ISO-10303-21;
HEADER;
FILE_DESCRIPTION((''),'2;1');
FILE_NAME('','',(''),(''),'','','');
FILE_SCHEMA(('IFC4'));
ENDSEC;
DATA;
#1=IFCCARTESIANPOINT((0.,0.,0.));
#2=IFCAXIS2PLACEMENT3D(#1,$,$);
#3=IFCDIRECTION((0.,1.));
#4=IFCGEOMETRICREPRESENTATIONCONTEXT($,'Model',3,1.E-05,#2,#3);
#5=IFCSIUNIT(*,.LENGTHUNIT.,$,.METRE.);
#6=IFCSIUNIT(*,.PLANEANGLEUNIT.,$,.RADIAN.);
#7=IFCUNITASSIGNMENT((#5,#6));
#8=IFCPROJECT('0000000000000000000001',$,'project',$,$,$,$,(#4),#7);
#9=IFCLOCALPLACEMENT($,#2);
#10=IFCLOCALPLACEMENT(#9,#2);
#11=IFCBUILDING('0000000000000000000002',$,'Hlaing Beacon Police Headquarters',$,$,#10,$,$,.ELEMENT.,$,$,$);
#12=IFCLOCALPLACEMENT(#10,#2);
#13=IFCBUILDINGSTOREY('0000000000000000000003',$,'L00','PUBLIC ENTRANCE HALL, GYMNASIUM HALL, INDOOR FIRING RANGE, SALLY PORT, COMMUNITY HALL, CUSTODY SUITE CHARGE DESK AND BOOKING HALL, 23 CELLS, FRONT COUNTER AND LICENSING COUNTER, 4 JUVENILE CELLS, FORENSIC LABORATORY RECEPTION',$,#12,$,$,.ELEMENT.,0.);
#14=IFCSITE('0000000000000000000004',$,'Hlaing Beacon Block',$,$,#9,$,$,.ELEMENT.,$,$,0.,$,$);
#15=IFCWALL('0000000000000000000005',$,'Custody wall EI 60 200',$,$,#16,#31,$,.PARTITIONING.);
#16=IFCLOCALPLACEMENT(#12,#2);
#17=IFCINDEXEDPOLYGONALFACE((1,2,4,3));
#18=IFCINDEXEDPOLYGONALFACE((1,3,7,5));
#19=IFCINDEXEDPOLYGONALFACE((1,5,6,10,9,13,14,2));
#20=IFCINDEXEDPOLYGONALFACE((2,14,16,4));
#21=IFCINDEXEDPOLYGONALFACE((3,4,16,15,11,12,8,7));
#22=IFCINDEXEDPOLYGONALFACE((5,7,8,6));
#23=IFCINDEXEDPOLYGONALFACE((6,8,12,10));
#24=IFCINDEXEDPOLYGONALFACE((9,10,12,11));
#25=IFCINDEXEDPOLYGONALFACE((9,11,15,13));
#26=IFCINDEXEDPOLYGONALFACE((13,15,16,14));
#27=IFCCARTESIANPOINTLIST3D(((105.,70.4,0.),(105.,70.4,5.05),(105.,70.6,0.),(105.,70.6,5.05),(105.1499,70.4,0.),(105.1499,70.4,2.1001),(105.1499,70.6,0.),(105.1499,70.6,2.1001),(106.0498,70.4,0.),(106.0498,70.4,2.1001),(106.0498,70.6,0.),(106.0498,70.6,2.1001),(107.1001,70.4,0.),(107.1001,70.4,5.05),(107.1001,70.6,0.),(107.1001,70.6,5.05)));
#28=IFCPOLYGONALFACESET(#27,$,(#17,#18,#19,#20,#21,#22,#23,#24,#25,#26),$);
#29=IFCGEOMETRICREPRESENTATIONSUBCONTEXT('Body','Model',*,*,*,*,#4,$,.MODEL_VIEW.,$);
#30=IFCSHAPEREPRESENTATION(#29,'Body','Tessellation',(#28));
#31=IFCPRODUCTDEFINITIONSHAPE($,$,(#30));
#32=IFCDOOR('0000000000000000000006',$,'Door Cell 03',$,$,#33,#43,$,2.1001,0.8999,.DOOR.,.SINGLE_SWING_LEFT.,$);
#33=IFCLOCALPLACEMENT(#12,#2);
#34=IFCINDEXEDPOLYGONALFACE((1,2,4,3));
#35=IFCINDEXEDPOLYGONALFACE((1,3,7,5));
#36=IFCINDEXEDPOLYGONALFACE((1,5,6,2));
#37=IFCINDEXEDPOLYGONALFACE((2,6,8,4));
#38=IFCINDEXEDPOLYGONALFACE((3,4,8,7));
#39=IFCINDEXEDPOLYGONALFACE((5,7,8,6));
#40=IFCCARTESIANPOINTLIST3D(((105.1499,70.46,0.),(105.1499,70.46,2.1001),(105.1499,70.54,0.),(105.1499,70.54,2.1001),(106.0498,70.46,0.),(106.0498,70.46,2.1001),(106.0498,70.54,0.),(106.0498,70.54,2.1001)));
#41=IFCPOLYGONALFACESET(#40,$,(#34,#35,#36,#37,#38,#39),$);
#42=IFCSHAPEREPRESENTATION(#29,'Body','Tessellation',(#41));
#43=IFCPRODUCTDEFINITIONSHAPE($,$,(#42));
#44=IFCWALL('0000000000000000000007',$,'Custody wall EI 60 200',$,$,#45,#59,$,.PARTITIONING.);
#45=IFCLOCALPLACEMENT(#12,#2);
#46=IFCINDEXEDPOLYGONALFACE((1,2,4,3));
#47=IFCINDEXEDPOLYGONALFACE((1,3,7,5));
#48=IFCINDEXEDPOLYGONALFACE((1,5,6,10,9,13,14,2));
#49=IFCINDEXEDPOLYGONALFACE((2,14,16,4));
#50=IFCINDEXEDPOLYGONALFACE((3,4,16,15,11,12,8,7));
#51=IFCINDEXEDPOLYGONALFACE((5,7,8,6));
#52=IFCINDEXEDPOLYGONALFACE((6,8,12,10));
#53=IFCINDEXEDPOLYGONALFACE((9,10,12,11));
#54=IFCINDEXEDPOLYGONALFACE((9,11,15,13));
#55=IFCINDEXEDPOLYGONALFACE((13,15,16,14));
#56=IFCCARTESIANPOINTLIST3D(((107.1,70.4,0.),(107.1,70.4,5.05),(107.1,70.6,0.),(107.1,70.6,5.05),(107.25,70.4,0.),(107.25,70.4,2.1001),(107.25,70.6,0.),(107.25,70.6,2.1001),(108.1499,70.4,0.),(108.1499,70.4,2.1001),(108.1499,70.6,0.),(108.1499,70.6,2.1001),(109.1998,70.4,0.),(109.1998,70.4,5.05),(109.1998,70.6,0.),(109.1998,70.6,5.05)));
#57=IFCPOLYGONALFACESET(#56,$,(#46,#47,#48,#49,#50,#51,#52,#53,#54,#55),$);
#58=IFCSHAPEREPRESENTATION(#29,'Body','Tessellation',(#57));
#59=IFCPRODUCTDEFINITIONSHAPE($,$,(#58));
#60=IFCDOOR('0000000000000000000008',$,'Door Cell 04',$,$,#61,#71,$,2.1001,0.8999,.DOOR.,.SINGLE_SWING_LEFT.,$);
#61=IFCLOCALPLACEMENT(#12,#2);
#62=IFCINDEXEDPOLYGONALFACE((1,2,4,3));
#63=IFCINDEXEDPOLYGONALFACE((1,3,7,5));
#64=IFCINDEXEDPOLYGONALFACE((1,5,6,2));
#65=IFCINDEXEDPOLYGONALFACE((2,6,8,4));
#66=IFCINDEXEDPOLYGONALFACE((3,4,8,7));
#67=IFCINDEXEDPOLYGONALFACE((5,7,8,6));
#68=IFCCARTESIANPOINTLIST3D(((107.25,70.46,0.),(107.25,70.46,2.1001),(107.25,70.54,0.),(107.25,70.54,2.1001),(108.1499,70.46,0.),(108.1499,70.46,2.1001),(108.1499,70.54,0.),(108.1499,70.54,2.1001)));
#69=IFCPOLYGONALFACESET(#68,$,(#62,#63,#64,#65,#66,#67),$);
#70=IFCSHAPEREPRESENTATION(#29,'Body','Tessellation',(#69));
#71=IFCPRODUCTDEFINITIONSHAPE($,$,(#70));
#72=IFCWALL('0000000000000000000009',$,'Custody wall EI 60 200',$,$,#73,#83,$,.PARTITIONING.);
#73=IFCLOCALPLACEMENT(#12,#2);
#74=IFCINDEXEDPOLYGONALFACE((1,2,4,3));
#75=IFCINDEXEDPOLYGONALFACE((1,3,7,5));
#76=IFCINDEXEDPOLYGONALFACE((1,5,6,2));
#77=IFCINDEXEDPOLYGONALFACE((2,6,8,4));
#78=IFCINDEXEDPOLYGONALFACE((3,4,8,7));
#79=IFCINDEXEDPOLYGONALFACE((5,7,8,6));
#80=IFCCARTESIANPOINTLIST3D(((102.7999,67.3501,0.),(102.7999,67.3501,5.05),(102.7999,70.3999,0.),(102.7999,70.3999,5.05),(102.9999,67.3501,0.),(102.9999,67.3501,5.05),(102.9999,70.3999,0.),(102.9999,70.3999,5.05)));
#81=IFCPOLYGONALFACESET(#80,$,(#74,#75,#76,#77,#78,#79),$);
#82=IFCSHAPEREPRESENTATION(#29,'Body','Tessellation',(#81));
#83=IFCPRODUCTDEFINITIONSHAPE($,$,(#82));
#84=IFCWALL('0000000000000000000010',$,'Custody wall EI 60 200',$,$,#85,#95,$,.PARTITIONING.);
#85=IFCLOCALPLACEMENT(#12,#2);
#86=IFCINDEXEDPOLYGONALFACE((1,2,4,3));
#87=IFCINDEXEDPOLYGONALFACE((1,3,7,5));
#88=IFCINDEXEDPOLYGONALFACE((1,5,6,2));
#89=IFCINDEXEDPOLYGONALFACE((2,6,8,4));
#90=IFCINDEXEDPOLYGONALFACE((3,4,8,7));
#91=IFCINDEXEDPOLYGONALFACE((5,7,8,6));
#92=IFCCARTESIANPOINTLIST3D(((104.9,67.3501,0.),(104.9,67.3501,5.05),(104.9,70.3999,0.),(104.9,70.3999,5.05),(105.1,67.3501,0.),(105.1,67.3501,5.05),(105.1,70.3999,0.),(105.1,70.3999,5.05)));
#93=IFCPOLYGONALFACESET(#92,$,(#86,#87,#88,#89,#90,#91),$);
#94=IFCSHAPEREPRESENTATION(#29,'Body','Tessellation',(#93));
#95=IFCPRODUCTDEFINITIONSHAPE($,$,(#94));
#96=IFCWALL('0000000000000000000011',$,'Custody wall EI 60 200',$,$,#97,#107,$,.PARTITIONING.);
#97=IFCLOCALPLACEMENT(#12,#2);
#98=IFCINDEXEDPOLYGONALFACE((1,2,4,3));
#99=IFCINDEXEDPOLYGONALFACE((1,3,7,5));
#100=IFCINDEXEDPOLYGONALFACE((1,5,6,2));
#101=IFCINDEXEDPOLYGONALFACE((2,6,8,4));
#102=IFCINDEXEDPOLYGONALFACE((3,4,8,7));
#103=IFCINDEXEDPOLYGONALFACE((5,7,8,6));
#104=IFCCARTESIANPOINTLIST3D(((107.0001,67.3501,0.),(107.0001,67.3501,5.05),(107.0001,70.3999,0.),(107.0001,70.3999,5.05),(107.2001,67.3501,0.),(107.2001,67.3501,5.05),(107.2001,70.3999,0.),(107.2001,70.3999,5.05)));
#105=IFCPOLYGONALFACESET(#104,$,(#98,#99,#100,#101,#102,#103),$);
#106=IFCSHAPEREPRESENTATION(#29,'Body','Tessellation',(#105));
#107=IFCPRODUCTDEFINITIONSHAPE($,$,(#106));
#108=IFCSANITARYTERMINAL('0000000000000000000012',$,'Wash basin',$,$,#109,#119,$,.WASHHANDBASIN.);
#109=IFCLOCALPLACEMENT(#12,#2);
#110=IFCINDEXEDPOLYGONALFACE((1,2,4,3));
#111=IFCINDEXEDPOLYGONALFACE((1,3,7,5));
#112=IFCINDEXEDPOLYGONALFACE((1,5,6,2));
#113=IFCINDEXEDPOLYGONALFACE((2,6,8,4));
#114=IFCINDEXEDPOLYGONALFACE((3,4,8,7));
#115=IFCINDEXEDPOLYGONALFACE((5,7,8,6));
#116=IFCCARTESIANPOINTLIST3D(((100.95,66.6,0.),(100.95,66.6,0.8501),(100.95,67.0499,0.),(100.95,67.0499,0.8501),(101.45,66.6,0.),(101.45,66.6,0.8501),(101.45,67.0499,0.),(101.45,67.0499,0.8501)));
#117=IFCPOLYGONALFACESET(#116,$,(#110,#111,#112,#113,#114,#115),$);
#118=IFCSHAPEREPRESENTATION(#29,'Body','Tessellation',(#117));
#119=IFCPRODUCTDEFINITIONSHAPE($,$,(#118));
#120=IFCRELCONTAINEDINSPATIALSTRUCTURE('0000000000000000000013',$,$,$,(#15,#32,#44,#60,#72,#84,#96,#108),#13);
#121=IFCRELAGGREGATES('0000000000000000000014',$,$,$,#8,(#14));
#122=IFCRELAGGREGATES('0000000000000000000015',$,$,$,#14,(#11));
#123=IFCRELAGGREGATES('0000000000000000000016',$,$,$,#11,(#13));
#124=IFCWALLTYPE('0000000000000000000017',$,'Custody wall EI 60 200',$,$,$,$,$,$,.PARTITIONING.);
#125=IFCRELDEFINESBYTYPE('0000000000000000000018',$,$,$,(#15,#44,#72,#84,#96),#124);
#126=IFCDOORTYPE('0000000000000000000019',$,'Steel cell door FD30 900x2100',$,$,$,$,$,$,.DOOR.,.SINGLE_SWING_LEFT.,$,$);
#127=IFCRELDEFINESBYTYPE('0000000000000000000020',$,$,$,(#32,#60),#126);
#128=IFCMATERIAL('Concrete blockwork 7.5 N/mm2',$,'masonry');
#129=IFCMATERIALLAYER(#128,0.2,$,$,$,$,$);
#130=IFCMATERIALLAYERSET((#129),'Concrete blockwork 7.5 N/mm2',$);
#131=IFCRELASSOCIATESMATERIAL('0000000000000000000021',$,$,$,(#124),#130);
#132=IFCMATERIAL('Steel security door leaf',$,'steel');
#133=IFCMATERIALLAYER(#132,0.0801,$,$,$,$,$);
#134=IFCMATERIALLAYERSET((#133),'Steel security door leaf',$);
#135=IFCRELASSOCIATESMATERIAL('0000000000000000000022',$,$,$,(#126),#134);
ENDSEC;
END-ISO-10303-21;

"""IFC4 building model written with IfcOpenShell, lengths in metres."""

from ifc_helpers import new_model, si_unit, direction, frame, frame_2d, origin, origin_2d, place, context, subcontext, project, spatial, rectangle, extrude, material, layer, layer_set, type_object, element, fill, save


model = new_model("IFC4")

# Units and contexts
model_context = context("Model", 3, precision=1e-05, world=origin(), true_north=direction((0.0, 1.0)))
body_context = subcontext(model_context, "Body", "Model", "MODEL_VIEW")
ifc_project = project(units=[si_unit("LENGTHUNIT", "METRE"), si_unit("PLANEANGLEUNIT", "RADIAN")], contexts=[model_context])

# Site, building, storey
site_placement = place(None, origin())
site = spatial("IfcSite", under=ifc_project, at=site_placement, Name="Hlaing Beacon Block", CompositionType="ELEMENT", RefElevation=0.0)
building_placement = place(site_placement, origin())
building = spatial("IfcBuilding", under=site, at=building_placement, Name="Hlaing Beacon Police Headquarters", CompositionType="ELEMENT")
storey_placement = place(building_placement, origin())
storey = spatial("IfcBuildingStorey", under=building, at=storey_placement, Name="L00", Description="PUBLIC ENTRANCE HALL, GYMNASIUM HALL, INDOOR FIRING RANGE, SALLY PORT, COMMUNITY HALL, CUSTODY SUITE CHARGE DESK AND BOOKING HALL, 23 CELLS, FRONT COUNTER AND LICENSING COUNTER, 4 JUVENILE CELLS, FORENSIC LABORATORY RECEPTION", CompositionType="ELEMENT", Elevation=0.0)

# Shared definitions
ifc_material_1 = material(Name="Concrete blockwork 7.5 N/mm2", Category="masonry")
ifc_layer_1 = layer(ifc_material_1, 0.2)
ifc_layer_set_1 = layer_set([ifc_layer_1], Name="Concrete blockwork 7.5 N/mm2")
wall_type_1 = type_object("IfcWallType", Name="Custody wall EI 60 200", PredefinedType="PARTITIONING", material=ifc_layer_set_1)

# Walls, openings, doors
ifc_material_2 = material(Name="Steel security door leaf", Category="steel")
ifc_layer_2 = layer(ifc_material_2, 0.0801)
ifc_layer_set_2 = layer_set([ifc_layer_2], Name="Steel security door leaf")
door_type = type_object("IfcDoorType", Name="Steel cell door FD30 900x2100", OperationType="SINGLE_SWING_LEFT", PredefinedType="DOOR", material=ifc_layer_set_2)
wall_1_placement = place(storey_placement, frame((105.0, 70.5, 0.0), z_axis=(0.0, 0.0, 1.0), x_axis=(1.0, 0.0, 0.0)))
wall_1 = element("IfcWall", 1, at=wall_1_placement, inside=storey, type_object=wall_type_1, Name="Custody wall EI 60 200", PredefinedType="PARTITIONING", context=body_context, shape_type="SweptSolid", body=[
    extrude(rectangle(XDim=2.1001, YDim=0.2, at=frame_2d((1.05, 0.0))), origin(), (0.0, 0.0, 1.0), 5.05),
])
opening_1_placement = place(wall_1_placement, frame((0.1499, 0.0, 0.0)))
opening_1 = element("IfcOpeningElement", 2, at=opening_1_placement, cuts=wall_1, PredefinedType="OPENING", context=body_context, shape_type="SweptSolid", body=[
    extrude(rectangle(XDim=0.8999, YDim=2.1001, at=frame_2d((0.45, 1.05))), frame((0.0, 0.1099, 0.0), z_axis=(0.0, -1.0, 0.0), x_axis=(1.0, 0.0, 0.0)), (0.0, 0.0, 1.0), 0.22),
])
door_1_placement = place(opening_1_placement, frame((0.8999, 0.0, 0.0), z_axis=(0.0, 0.0, 1.0), x_axis=(-1.0, 0.0, 0.0)))
door_1 = element("IfcDoor", 3, at=door_1_placement, inside=storey, type_object=door_type, Name="Door Cell 03", OperationType="SINGLE_SWING_LEFT", OverallHeight=2.1001, OverallWidth=0.8999, PredefinedType="DOOR", context=body_context, shape_type="SweptSolid", body=[
    extrude(rectangle(XDim=0.8999, YDim=2.1001, at=frame_2d((0.45, 1.05))), frame((0.0, 0.04, 0.0), z_axis=(0.0, -1.0, 0.0), x_axis=(1.0, 0.0, 0.0)), (0.0, 0.0, 1.0), 0.0801),
])
fill(opening_1, door_1)
wall_2_placement = place(storey_placement, frame((107.1001, 70.5, 0.0), z_axis=(0.0, 0.0, 1.0), x_axis=(1.0, 0.0, 0.0)))
wall_2 = element("IfcWall", 4, at=wall_2_placement, inside=storey, type_object=wall_type_1, Name="Custody wall EI 60 200", PredefinedType="PARTITIONING", context=body_context, shape_type="SweptSolid", body=[
    extrude(rectangle(XDim=2.0999, YDim=0.2, at=frame_2d((1.0498, 0.0))), origin(), (0.0, 0.0, 1.0), 5.05),
])
opening_2_placement = place(wall_2_placement, frame((0.1499, 0.0, 0.0)))
opening_2 = element("IfcOpeningElement", 5, at=opening_2_placement, cuts=wall_2, PredefinedType="OPENING", context=body_context, shape_type="SweptSolid", body=[
    extrude(rectangle(XDim=0.8999, YDim=2.1001, at=frame_2d((0.45, 1.05))), frame((0.0, 0.1099, 0.0), z_axis=(0.0, -1.0, 0.0), x_axis=(1.0, 0.0, 0.0)), (0.0, 0.0, 1.0), 0.22),
])
door_2_placement = place(opening_2_placement, frame((0.8999, 0.0, 0.0), z_axis=(0.0, 0.0, 1.0), x_axis=(-1.0, 0.0, 0.0)))
door_2 = element("IfcDoor", 6, at=door_2_placement, inside=storey, type_object=door_type, Name="Door Cell 04", OperationType="SINGLE_SWING_LEFT", OverallHeight=2.1001, OverallWidth=0.8999, PredefinedType="DOOR", context=body_context, shape_type="SweptSolid", body=[
    extrude(rectangle(XDim=0.8999, YDim=2.1001, at=frame_2d((0.45, 1.05))), frame((0.0, 0.04, 0.0), z_axis=(0.0, -1.0, 0.0), x_axis=(1.0, 0.0, 0.0)), (0.0, 0.0, 1.0), 0.0801),
])
fill(opening_2, door_2)

# Walls
for number, where, z_axis, x_axis, name in (
    (7, (102.8999, 67.3501, 0.0), (0.0, 0.0, 1.0), (0.0, 1.0, 0.0), "Custody wall EI 60 200"),
    (8, (105.0, 67.3501, 0.0), (0.0, 0.0, 1.0), (0.0, 1.0, 0.0), "Custody wall EI 60 200"),
    (9, (107.1001, 67.3501, 0.0), (0.0, 0.0, 1.0), (0.0, 1.0, 0.0), "Custody wall EI 60 200"),
):
    element("IfcWall", number, at=place(storey_placement, frame(where, z_axis=z_axis, x_axis=x_axis)), inside=storey, type_object=wall_type_1, Name=name, PredefinedType="PARTITIONING", context=body_context, shape_type="SweptSolid", body=[
        extrude(rectangle(XDim=3.0498, YDim=0.2, at=frame_2d((1.5249, 0.0))), origin(), (0.0, 0.0, 1.0), 5.05),
    ])

# Sanitary terminal
sanitary_terminal_placement = place(storey_placement, frame((101.2, 66.825, 0.0), z_axis=(0.0, 0.0, 1.0), x_axis=(1.0, 0.0, 0.0)))
element("IfcSanitaryTerminal", 10, at=sanitary_terminal_placement, inside=storey, Name="Wash basin", PredefinedType="WASHHANDBASIN", context=body_context, shape_type="SweptSolid", body=[
    extrude(rectangle(XDim=0.5, YDim=0.45, at=origin_2d()), origin(), (0.0, 0.0, 1.0), 0.8501),
])

save(model, "model.ifc")
